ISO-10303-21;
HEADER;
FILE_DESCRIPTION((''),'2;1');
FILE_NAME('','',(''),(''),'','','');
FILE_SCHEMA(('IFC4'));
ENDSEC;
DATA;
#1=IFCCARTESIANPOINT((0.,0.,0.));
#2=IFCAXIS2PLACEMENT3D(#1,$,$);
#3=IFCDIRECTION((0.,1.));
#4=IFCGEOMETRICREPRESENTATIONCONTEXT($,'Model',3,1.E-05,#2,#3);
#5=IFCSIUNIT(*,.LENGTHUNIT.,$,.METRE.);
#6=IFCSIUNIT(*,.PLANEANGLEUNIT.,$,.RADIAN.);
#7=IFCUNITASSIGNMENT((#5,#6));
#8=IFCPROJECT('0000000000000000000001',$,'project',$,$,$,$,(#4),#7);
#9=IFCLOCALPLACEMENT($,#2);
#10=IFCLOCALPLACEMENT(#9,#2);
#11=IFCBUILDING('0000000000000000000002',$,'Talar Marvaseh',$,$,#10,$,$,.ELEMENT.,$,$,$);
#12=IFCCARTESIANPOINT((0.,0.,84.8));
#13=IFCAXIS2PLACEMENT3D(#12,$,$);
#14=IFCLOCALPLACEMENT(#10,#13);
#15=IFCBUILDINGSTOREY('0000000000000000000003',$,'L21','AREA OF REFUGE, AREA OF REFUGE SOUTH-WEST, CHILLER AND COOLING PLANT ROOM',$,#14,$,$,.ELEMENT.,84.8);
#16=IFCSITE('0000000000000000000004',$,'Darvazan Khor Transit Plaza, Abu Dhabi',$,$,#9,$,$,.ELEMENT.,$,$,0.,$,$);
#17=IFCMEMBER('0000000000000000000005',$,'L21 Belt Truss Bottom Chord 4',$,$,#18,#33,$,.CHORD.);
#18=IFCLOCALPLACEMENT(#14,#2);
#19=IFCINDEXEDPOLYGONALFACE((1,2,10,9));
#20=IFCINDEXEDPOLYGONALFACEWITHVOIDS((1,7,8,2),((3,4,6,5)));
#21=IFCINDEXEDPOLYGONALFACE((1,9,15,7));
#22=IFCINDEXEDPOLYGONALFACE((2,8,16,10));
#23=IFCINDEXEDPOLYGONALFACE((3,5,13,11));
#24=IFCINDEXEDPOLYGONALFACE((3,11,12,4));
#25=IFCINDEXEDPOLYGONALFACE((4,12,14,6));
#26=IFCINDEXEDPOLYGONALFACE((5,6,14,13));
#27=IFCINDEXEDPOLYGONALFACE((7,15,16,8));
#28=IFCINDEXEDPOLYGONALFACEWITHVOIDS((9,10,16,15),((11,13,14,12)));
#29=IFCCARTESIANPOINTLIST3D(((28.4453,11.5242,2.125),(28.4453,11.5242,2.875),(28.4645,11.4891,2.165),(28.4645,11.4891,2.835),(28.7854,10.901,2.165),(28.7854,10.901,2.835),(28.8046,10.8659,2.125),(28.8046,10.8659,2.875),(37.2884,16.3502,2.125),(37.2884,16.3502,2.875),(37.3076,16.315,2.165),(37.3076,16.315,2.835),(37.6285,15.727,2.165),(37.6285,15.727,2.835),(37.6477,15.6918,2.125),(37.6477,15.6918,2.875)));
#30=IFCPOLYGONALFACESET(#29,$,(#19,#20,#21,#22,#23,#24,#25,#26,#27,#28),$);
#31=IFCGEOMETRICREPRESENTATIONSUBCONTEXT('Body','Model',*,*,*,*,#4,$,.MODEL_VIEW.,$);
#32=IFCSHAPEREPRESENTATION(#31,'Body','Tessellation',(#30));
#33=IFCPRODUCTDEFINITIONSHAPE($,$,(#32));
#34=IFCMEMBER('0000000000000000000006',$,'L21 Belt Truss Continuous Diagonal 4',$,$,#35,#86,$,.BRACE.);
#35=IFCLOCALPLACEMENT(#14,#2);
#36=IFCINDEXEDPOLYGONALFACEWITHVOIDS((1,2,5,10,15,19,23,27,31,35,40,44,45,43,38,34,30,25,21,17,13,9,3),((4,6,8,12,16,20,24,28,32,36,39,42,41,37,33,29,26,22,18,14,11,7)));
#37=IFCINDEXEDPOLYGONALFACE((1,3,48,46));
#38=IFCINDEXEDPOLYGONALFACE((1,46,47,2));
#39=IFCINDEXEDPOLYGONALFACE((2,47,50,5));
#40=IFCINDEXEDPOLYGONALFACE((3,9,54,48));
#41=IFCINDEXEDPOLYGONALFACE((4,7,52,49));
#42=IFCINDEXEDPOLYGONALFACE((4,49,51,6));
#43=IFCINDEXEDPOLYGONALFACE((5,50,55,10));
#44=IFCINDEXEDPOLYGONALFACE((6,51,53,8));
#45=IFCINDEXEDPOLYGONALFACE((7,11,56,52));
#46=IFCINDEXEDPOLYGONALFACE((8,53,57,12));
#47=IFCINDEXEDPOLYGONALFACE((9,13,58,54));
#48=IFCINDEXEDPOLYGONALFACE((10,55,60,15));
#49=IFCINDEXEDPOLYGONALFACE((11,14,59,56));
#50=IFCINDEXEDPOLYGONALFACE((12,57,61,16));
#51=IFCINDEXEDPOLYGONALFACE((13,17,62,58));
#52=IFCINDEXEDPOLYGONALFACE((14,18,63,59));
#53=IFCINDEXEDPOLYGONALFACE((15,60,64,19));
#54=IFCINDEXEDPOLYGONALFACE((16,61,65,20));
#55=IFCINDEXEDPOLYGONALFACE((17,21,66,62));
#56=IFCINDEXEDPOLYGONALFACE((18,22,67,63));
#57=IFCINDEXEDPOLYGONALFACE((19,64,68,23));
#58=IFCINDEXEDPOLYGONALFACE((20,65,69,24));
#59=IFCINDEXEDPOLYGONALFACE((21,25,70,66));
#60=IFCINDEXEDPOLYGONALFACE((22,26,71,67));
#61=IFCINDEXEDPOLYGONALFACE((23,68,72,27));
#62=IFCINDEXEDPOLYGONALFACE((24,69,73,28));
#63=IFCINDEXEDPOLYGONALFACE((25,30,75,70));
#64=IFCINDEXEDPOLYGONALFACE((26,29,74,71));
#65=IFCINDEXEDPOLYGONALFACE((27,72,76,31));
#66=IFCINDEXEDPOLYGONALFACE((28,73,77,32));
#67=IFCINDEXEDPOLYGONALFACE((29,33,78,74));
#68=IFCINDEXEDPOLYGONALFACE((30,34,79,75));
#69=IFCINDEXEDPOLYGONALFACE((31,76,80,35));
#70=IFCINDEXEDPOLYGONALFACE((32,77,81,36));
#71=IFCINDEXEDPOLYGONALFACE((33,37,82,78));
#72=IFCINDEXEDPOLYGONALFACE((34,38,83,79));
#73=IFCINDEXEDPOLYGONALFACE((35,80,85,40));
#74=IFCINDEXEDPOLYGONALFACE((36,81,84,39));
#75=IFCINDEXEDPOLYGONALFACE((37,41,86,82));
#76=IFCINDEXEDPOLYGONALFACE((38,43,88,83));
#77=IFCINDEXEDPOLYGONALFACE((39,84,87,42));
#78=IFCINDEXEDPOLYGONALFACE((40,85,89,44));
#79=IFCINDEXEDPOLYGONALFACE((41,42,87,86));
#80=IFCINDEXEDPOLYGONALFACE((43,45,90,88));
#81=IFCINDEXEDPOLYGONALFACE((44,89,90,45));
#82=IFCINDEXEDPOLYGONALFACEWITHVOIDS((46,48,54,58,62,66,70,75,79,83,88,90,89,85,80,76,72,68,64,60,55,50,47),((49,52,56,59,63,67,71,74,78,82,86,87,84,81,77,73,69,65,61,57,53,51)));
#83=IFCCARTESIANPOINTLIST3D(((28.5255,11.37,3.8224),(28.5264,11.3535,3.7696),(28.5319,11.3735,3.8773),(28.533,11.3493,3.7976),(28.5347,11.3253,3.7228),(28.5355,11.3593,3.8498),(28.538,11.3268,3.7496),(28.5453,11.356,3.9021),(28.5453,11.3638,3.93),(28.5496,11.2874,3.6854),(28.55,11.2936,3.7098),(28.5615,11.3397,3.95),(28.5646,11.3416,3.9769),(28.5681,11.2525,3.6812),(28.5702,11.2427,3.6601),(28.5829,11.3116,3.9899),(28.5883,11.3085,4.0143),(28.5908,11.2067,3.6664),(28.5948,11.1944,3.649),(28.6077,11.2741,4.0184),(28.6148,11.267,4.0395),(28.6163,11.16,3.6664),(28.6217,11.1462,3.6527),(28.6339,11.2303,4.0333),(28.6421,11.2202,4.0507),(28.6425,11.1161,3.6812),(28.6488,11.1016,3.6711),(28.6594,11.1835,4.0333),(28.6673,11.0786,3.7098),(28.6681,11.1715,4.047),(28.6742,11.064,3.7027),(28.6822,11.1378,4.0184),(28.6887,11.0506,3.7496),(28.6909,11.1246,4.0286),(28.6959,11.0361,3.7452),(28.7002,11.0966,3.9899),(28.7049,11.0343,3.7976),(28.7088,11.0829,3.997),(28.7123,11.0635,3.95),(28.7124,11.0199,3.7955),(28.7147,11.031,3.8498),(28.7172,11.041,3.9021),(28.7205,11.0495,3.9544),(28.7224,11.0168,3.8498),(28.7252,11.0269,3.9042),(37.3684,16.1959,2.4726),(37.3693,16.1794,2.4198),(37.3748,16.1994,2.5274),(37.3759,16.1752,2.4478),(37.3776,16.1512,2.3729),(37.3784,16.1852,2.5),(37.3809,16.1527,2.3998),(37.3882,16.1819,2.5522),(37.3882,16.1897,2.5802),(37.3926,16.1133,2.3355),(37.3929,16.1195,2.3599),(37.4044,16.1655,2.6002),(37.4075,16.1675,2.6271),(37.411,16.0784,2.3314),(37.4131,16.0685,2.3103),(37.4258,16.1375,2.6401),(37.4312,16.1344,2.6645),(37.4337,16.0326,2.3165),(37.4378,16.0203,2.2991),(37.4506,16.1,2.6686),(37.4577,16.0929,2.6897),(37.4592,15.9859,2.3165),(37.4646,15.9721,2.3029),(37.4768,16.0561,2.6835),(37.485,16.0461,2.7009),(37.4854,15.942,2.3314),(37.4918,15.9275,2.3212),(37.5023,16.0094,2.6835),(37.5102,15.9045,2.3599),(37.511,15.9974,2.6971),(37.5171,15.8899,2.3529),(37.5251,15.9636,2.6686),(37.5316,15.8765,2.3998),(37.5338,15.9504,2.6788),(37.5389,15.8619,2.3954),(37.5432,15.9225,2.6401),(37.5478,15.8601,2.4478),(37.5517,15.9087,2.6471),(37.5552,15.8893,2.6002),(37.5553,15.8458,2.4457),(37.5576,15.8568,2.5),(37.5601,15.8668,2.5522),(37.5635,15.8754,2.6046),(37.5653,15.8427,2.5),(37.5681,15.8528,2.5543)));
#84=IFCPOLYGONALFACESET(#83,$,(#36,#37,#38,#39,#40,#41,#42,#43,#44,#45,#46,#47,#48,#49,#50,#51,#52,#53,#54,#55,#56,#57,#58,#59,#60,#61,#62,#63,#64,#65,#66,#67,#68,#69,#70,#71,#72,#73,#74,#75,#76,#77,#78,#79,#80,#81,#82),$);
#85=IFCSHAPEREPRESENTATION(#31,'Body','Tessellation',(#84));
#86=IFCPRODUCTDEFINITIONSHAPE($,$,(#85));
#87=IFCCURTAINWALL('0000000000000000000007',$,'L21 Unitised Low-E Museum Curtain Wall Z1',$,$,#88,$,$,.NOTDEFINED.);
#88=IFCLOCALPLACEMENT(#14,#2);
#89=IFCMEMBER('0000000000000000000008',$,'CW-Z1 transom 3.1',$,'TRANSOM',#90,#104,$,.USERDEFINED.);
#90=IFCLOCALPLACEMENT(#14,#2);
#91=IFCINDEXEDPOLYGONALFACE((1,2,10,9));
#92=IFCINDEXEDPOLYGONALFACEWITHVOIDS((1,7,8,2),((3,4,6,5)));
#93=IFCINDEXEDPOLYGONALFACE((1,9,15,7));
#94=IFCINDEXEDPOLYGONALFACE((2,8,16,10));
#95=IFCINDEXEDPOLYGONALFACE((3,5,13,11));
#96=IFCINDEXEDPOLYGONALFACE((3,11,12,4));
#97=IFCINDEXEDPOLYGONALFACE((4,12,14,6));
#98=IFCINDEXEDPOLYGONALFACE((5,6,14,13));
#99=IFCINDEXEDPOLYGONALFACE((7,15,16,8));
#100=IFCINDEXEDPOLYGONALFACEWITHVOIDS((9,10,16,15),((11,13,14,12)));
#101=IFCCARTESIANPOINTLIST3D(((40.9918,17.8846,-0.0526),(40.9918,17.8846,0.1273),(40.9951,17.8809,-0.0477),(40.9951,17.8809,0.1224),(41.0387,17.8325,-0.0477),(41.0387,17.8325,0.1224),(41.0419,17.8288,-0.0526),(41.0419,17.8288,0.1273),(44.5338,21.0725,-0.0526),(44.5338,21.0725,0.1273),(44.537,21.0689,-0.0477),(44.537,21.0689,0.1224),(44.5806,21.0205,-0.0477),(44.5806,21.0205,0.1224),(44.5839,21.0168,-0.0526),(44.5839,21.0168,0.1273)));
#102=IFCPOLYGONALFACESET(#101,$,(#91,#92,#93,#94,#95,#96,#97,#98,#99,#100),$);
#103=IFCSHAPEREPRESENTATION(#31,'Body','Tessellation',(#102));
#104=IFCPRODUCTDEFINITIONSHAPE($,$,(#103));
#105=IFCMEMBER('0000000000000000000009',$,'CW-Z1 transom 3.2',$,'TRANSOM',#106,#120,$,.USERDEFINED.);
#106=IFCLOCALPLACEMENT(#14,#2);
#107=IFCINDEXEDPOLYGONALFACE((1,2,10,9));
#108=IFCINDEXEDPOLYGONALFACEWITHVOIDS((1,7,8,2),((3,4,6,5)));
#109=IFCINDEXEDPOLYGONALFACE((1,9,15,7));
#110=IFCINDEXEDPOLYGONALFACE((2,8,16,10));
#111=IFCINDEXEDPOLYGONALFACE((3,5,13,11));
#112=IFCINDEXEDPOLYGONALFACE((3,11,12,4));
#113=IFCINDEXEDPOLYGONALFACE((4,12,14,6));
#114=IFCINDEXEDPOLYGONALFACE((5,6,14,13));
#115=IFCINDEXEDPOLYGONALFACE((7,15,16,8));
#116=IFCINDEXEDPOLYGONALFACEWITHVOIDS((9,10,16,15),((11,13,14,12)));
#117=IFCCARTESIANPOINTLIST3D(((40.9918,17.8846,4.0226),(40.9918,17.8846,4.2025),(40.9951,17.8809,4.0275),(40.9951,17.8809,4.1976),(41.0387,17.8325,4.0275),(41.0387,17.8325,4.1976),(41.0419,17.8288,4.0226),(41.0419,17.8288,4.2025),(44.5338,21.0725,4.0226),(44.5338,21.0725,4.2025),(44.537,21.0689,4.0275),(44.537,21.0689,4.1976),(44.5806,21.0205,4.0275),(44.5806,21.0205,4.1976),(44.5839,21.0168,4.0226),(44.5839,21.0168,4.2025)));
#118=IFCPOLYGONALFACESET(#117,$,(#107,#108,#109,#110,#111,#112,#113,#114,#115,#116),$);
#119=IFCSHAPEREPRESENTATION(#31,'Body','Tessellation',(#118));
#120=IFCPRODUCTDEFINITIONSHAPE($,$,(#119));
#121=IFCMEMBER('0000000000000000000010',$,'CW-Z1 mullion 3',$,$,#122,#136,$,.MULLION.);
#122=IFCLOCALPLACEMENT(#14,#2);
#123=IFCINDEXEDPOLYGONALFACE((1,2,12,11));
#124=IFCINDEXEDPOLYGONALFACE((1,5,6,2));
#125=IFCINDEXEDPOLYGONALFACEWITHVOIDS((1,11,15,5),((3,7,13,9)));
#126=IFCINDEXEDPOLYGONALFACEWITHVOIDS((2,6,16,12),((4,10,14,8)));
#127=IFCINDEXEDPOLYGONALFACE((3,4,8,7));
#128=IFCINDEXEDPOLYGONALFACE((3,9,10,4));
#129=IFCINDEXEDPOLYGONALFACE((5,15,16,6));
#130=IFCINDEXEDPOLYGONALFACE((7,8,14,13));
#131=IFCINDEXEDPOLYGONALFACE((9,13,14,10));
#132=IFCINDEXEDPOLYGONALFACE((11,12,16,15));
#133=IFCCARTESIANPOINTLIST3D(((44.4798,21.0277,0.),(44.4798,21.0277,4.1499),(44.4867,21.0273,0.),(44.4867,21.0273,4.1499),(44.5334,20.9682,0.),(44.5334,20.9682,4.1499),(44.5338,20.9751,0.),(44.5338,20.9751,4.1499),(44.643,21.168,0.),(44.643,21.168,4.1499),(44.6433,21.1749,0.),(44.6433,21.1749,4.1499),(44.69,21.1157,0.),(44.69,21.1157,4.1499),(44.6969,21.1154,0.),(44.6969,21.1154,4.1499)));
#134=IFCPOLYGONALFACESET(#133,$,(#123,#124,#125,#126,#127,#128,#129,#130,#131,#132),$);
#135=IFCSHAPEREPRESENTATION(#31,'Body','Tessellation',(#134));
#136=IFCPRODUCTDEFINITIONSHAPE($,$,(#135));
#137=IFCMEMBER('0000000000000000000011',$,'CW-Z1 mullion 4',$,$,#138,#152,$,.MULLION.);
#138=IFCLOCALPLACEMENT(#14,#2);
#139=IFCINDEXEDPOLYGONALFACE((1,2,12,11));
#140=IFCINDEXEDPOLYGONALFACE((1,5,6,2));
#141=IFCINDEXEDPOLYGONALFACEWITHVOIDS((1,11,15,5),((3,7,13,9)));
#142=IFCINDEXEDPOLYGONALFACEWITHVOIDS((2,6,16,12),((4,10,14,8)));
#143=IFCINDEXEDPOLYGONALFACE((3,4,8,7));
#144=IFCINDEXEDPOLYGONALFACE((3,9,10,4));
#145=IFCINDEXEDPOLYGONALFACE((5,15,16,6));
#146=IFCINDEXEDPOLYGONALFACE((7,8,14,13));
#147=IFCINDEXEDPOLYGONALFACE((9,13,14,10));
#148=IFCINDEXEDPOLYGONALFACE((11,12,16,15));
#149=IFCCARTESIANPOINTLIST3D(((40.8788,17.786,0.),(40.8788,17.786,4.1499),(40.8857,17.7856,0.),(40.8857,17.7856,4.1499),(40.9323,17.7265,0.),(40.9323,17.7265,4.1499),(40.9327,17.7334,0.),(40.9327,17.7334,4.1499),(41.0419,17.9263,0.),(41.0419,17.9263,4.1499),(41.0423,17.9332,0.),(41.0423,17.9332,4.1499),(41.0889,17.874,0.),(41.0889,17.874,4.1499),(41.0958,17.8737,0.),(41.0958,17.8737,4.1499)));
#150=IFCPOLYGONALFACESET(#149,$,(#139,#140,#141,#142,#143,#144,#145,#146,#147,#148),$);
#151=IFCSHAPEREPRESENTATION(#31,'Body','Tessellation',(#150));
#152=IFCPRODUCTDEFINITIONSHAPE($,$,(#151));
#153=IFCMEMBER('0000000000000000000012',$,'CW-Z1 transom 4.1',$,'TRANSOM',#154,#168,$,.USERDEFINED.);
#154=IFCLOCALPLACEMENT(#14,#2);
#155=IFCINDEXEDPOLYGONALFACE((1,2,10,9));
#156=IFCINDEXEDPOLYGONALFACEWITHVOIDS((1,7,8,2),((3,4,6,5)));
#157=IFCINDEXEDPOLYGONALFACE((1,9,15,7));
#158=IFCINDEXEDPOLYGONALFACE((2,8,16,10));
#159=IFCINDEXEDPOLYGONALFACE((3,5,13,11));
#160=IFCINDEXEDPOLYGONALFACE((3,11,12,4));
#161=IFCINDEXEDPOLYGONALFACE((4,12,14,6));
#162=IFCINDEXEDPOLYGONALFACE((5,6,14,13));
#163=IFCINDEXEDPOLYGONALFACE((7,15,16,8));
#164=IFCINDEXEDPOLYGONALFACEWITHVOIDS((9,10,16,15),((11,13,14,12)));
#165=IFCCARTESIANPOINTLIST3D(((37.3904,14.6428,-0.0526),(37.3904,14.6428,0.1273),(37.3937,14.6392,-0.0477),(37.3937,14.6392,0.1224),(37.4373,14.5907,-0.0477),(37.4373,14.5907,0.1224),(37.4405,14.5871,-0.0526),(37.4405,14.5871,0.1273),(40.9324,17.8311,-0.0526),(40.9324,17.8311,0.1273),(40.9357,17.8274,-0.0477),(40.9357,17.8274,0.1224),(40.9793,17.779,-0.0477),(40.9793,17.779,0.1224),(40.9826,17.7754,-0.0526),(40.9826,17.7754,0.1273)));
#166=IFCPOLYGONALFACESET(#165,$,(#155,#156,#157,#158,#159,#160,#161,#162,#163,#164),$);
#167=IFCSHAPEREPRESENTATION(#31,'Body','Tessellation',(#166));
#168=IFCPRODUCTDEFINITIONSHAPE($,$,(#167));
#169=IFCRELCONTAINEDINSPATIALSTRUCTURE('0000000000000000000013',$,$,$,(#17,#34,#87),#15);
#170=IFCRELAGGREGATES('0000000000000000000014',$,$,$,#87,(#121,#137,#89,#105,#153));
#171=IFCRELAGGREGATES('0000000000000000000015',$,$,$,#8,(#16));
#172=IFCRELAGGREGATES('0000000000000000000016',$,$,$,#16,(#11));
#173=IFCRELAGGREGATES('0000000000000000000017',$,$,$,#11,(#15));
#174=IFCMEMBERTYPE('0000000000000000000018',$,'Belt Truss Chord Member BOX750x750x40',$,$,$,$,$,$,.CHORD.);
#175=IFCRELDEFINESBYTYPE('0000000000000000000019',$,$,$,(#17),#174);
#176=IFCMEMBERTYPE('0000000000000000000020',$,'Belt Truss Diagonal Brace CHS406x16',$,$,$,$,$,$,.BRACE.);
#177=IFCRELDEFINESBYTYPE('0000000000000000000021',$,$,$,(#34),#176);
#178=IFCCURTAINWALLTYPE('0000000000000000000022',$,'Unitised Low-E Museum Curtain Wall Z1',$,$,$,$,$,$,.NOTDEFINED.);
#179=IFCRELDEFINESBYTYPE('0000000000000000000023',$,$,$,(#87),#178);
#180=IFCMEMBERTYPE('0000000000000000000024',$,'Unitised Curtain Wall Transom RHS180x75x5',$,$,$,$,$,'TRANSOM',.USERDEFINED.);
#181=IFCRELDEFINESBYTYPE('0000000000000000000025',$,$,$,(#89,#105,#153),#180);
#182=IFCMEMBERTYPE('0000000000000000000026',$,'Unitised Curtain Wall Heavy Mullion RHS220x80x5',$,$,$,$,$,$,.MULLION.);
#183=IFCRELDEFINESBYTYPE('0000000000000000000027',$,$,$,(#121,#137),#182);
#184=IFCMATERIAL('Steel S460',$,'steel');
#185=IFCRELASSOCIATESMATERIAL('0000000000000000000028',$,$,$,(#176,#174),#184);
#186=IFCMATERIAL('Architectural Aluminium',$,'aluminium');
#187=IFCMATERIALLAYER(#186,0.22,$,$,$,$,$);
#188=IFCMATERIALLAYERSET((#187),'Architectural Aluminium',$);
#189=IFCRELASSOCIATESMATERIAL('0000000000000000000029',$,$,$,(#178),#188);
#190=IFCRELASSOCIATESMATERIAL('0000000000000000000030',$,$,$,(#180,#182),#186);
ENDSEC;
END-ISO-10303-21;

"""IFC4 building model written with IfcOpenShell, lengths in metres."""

from ifc_helpers import new_model, si_unit, direction, frame, origin, origin_2d, place, context, subcontext, project, spatial, hollow_rectangle, hollow_circle, extrude, source, transform, mapped, material, layer, layer_set, material_profile, profile_set, type_object, type_shapes, element, aggregate, save


model = new_model("IFC4")

# Units and contexts
model_context = context("Model", 3, precision=1e-05, world=origin(), true_north=direction((0.0, 1.0)))
body_context = subcontext(model_context, "Body", "Model", "MODEL_VIEW")
ifc_project = project(units=[si_unit("LENGTHUNIT", "METRE"), si_unit("PLANEANGLEUNIT", "RADIAN")], contexts=[model_context])

# Site, building, storey
site_placement = place(None, origin())
site = spatial("IfcSite", under=ifc_project, at=site_placement, Name="Darvazan Khor Transit Plaza, Abu Dhabi", CompositionType="ELEMENT", RefElevation=0.0)
building_placement = place(site_placement, origin())
building = spatial("IfcBuilding", under=site, at=building_placement, Name="Talar Marvaseh", CompositionType="ELEMENT")
storey_placement = place(building_placement, frame((0.0, 0.0, 84.8)))
storey = spatial("IfcBuildingStorey", under=building, at=storey_placement, Name="L21", Description="AREA OF REFUGE, AREA OF REFUGE SOUTH-WEST, CHILLER AND COOLING PLANT ROOM", CompositionType="ELEMENT", Elevation=84.8)

# Shared definitions
ifc_material_1 = material(Name="Steel S460", Category="steel")

# Members
ifc_material_profile_1 = material_profile(ifc_material_1, hollow_circle(Radius=0.2031, WallThickness=0.0161, at=origin_2d()), Name="CHS406x16")
ifc_profile_set_1 = profile_set([ifc_material_profile_1], Name="Steel S460")
member_type_1 = type_object("IfcMemberType", Name="Belt Truss Diagonal Brace CHS406x16", PredefinedType="BRACE", material=ifc_profile_set_1)
ifc_material_profile_2 = material_profile(ifc_material_1, hollow_rectangle(XDim=0.75, YDim=0.75, WallThickness=0.04, at=origin_2d()), Name="BOX750x750x40")
ifc_profile_set_2 = profile_set([ifc_material_profile_2], Name="Steel S460")
member_type_2 = type_object("IfcMemberType", Name="Belt Truss Chord Member BOX750x750x40", PredefinedType="CHORD", material=ifc_profile_set_2)
shared_shape_1 = source(origin(), body_context, "Body", "SweptSolid", [
    extrude(hollow_rectangle(XDim=0.75, YDim=0.75, WallThickness=0.04, at=origin_2d()), origin(), (0.0, 0.0, 1.0), 10.0742),
])
type_shapes(member_type_2, [shared_shape_1])
member_1_placement = place(storey_placement, frame((37.468, 16.021, 2.5), z_axis=(-0.877793, -0.479041, 0.0), x_axis=(0.479041, -0.877793, 0.0)))
element("IfcMember", 1, at=member_1_placement, inside=storey, type_object=member_type_2, Name="L21 Belt Truss Bottom Chord 4", PredefinedType="CHORD", context=body_context, shape_type="MappedRepresentation", body=[
    mapped(shared_shape_1, transform((0.0, 0.0, 0.0), x_axis=(1.0, 0.0, 0.0), y_axis=(0.0, 1.0, 0.0), z_axis=(0.0, 0.0, 1.0), scale=1.0)),
])
shared_shape_2 = source(origin(), body_context, "Body", "SweptSolid", [
    extrude(hollow_circle(Radius=0.2031, WallThickness=0.0161, at=origin_2d()), origin(), (0.0, 0.0, 1.0), 10.1641),
])
member_2_placement = place(storey_placement, frame((37.468, 16.021, 2.5), z_axis=(-0.870017, -0.474797, 0.132805), x_axis=(0.479041, -0.877793, 0.0)))
element("IfcMember", 2, at=member_2_placement, inside=storey, type_object=member_type_1, Name="L21 Belt Truss Continuous Diagonal 4", PredefinedType="BRACE", context=body_context, shape_type="MappedRepresentation", body=[
    mapped(shared_shape_2, transform((0.0, 0.0, 0.0), x_axis=(1.0, 0.0, 0.0), y_axis=(0.0, 1.0, 0.0), z_axis=(0.0, 0.0, 1.0), scale=1.0)),
])

# Curtain wall, members
ifc_material_2 = material(Name="Architectural Aluminium", Category="aluminium")
ifc_layer_1 = layer(ifc_material_2, 0.22)
ifc_layer_set_1 = layer_set([ifc_layer_1], Name="Architectural Aluminium")
curtain_wall_type = type_object("IfcCurtainWallType", Name="Unitised Low-E Museum Curtain Wall Z1", PredefinedType="NOTDEFINED", material=ifc_layer_set_1)
curtain_wall_placement = place(storey_placement, origin())
curtain_wall = element("IfcCurtainWall", 3, at=curtain_wall_placement, inside=storey, type_object=curtain_wall_type, Name="L21 Unitised Low-E Museum Curtain Wall Z1", PredefinedType="NOTDEFINED")
ifc_material_profile_3 = material_profile(ifc_material_2, hollow_rectangle(XDim=0.075, YDim=0.1799, WallThickness=0.0049, at=origin_2d()), Name="RHS180x75x5")
ifc_profile_set_3 = profile_set([ifc_material_profile_3], Name="Architectural Aluminium")
member_type_3 = type_object("IfcMemberType", Name="Unitised Curtain Wall Transom RHS180x75x5", ElementType="TRANSOM", PredefinedType="USERDEFINED", material=ifc_profile_set_3)
shared_shape_3 = source(origin(), body_context, "Body", "SweptSolid", [
    extrude(hollow_rectangle(XDim=0.075, YDim=0.1799, WallThickness=0.0049, at=origin_2d()), origin(), (0.0, 0.0, 1.0), 4.7654),
])
member_3_placement = place(storey_placement, frame((44.5588, 21.0447, 0.0374), z_axis=(-0.743274, -0.668987, 0.0), x_axis=(0.668987, -0.743274, 0.0)))
member_3 = element("IfcMember", 4, at=member_3_placement, type_object=member_type_3, Name="CW-Z1 transom 3.1", ObjectType="TRANSOM", PredefinedType="USERDEFINED", context=body_context, shape_type="MappedRepresentation", body=[
    mapped(shared_shape_3, transform((0.0, 0.0, 0.0), x_axis=(1.0, 0.0, 0.0), y_axis=(0.0, 1.0, 0.0), z_axis=(0.0, 0.0, 1.0), scale=1.0)),
])
member_4_placement = place(storey_placement, frame((44.5588, 21.0447, 4.1125), z_axis=(-0.743274, -0.668987, 0.0), x_axis=(0.668987, -0.743274, 0.0)))
member_4 = element("IfcMember", 5, at=member_4_placement, type_object=member_type_3, Name="CW-Z1 transom 3.2", ObjectType="TRANSOM", PredefinedType="USERDEFINED", context=body_context, shape_type="MappedRepresentation", body=[
    mapped(shared_shape_3, transform((0.0, 0.0, 0.0), x_axis=(1.0, 0.0, 0.0), y_axis=(0.0, 1.0, 0.0), z_axis=(0.0, 0.0, 1.0), scale=1.0)),
])
ifc_material_profile_4 = material_profile(ifc_material_2, hollow_rectangle(XDim=0.0801, YDim=0.22, WallThickness=0.0049, at=origin_2d()), Name="RHS220x80x5")
ifc_profile_set_4 = profile_set([ifc_material_profile_4], Name="Architectural Aluminium")
member_type_4 = type_object("IfcMemberType", Name="Unitised Curtain Wall Heavy Mullion RHS220x80x5", PredefinedType="MULLION", material=ifc_profile_set_4)
shared_shape_4 = source(origin(), body_context, "Body", "SweptSolid", [
    extrude(hollow_rectangle(XDim=0.0801, YDim=0.22, WallThickness=0.0049, at=origin_2d()), origin(), (0.0, 0.0, 1.0), 4.1499),
])
type_shapes(member_type_4, [shared_shape_4])
member_5_placement = place(storey_placement, frame((44.5884, 21.0715, 0.0), z_axis=(0.0, 0.0, 1.0), x_axis=(0.669016, -0.743248, 0.0)))
member_5 = element("IfcMember", 6, at=member_5_placement, type_object=member_type_4, Name="CW-Z1 mullion 3", PredefinedType="MULLION", context=body_context, shape_type="MappedRepresentation", body=[
    mapped(shared_shape_4, transform((0.0, 0.0, 0.0), x_axis=(1.0, 0.0, 0.0), y_axis=(0.0, 1.0, 0.0), z_axis=(0.0, 0.0, 1.0), scale=1.0)),
])
member_6_placement = place(storey_placement, frame((40.9873, 17.8298, 0.0), z_axis=(0.0, 0.0, 1.0), x_axis=(0.669016, -0.743248, 0.0)))
member_6 = element("IfcMember", 7, at=member_6_placement, type_object=member_type_4, Name="CW-Z1 mullion 4", PredefinedType="MULLION", context=body_context, shape_type="MappedRepresentation", body=[
    mapped(shared_shape_4, transform((0.0, 0.0, 0.0), x_axis=(1.0, 0.0, 0.0), y_axis=(0.0, 1.0, 0.0), z_axis=(0.0, 0.0, 1.0), scale=1.0)),
])
shared_shape_5 = source(origin(), body_context, "Body", "SweptSolid", [
    extrude(hollow_rectangle(XDim=0.075, YDim=0.1799, WallThickness=0.0049, at=origin_2d()), origin(), (0.0, 0.0, 1.0), 4.7656),
])
type_shapes(member_type_3, [shared_shape_3, shared_shape_5])
member_7_placement = place(storey_placement, frame((40.9575, 17.8032, 0.0374), z_axis=(-0.743248, -0.669016, 0.0), x_axis=(0.669016, -0.743248, 0.0)))
member_7 = element("IfcMember", 8, at=member_7_placement, type_object=member_type_3, Name="CW-Z1 transom 4.1", ObjectType="TRANSOM", PredefinedType="USERDEFINED", context=body_context, shape_type="MappedRepresentation", body=[
    mapped(shared_shape_5, transform((0.0, 0.0, 0.0), x_axis=(1.0, 0.0, 0.0), y_axis=(0.0, 1.0, 0.0), z_axis=(0.0, 0.0, 1.0), scale=1.0)),
])

aggregate(curtain_wall, [member_5, member_6, member_3, member_4, member_7])

save(model, "model.ifc")
